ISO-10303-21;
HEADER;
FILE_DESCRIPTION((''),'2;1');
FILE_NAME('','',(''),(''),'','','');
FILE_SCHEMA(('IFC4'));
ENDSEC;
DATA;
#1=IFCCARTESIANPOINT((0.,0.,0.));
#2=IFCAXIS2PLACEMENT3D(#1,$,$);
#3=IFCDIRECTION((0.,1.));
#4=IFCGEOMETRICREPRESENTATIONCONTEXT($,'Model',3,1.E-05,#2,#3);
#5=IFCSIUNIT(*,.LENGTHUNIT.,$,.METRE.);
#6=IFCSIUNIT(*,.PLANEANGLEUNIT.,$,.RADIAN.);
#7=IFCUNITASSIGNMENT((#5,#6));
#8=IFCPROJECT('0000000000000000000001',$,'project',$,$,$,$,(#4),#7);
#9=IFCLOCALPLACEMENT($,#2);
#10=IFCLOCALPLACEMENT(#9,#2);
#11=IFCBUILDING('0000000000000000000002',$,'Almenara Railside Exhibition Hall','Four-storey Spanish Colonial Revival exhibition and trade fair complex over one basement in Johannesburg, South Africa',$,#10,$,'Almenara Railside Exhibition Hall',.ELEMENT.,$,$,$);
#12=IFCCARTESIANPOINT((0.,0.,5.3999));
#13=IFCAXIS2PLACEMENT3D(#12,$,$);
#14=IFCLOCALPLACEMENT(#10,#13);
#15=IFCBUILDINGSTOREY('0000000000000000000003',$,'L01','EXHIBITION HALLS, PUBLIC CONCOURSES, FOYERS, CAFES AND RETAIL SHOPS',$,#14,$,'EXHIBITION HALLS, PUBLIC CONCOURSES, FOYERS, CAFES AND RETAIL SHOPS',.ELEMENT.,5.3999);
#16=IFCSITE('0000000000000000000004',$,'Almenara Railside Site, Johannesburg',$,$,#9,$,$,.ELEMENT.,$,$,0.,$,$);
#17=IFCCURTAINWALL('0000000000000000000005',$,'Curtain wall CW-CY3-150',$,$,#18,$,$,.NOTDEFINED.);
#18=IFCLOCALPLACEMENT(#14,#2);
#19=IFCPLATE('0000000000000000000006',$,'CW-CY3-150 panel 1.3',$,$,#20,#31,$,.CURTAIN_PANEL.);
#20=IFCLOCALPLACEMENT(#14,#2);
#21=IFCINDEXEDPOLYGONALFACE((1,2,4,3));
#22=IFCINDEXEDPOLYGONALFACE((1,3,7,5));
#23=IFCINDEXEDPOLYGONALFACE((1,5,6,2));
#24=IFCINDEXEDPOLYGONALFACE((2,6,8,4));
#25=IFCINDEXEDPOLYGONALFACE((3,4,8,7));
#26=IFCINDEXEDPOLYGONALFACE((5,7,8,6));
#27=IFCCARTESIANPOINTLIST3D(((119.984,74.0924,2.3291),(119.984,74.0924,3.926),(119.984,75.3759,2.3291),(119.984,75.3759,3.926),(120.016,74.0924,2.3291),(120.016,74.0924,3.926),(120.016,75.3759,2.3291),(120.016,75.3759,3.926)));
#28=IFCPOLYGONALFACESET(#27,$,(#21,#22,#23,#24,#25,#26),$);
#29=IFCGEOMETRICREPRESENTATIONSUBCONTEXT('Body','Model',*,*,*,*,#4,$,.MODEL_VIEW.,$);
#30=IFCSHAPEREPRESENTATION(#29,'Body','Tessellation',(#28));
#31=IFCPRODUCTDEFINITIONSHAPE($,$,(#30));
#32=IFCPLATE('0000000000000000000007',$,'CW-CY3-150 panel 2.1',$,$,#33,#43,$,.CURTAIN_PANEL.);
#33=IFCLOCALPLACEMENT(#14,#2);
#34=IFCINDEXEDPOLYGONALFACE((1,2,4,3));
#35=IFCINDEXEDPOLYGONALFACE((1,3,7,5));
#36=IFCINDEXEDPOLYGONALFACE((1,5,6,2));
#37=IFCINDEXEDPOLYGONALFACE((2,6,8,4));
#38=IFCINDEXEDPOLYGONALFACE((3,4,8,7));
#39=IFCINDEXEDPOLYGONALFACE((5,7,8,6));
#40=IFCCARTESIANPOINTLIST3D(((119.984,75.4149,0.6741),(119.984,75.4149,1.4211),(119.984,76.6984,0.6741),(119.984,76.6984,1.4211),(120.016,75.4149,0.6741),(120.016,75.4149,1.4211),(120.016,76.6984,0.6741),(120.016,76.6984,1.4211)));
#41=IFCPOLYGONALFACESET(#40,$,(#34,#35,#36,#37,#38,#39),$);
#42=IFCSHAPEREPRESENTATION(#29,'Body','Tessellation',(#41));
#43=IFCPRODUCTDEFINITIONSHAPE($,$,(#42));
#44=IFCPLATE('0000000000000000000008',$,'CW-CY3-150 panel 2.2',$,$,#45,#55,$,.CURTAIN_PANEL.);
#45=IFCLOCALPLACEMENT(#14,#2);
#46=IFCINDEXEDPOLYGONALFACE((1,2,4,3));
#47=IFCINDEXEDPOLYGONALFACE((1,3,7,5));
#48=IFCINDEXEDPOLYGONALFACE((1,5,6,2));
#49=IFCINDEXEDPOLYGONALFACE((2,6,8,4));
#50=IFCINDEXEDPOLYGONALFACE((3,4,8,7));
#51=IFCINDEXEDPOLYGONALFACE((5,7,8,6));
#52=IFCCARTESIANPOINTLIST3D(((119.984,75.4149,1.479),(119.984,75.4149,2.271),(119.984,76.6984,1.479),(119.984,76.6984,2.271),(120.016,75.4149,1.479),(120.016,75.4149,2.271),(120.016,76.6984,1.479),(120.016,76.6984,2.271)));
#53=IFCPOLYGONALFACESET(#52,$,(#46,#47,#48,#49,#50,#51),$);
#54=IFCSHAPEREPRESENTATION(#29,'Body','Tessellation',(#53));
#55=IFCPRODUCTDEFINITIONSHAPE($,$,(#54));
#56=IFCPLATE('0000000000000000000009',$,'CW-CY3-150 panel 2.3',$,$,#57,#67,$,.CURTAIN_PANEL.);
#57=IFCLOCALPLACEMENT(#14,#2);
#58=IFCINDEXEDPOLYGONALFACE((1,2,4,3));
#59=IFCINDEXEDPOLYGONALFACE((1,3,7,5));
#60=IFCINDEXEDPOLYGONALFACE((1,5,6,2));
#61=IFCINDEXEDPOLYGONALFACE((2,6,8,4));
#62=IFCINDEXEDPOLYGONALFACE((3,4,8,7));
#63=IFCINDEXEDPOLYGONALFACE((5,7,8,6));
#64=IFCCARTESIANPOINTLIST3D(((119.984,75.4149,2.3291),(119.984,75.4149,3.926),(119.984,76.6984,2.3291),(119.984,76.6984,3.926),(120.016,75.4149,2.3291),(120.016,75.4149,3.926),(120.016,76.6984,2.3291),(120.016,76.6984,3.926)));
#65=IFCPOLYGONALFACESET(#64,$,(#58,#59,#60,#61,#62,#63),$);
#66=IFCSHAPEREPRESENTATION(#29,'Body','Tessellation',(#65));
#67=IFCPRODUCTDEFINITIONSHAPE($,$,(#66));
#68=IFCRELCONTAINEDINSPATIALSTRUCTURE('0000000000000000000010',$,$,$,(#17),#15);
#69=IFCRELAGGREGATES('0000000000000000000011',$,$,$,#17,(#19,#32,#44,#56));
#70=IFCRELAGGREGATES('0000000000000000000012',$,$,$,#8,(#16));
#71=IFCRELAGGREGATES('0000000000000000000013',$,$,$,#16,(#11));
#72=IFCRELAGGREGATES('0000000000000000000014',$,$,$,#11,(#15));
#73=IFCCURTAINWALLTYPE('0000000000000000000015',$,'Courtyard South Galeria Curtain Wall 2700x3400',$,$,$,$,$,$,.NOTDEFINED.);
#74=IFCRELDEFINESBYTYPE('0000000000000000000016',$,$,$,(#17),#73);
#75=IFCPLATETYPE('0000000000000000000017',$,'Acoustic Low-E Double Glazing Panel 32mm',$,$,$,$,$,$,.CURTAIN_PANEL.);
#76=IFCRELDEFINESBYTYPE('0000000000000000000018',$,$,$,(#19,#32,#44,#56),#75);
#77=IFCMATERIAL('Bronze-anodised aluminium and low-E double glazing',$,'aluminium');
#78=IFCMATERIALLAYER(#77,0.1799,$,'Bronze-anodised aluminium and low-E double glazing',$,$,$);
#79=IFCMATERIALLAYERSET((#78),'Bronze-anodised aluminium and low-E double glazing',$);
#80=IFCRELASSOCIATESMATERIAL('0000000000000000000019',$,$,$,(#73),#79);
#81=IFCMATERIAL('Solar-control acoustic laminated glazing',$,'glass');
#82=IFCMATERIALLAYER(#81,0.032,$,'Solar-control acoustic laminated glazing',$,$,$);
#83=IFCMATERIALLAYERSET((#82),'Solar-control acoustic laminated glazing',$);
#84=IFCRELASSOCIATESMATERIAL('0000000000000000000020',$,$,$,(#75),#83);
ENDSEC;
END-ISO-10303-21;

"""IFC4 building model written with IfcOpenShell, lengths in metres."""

from ifc_helpers import new_model, si_unit, direction, frame, origin, origin_2d, place, context, subcontext, project, spatial, rectangle, extrude, material, layer, layer_set, type_object, element, aggregate, save


model = new_model("IFC4")

# Units and contexts
model_context = context("Model", 3, precision=1e-05, world=origin(), true_north=direction((0.0, 1.0)))
body_context = subcontext(model_context, "Body", "Model", "MODEL_VIEW")
ifc_project = project(units=[si_unit("LENGTHUNIT", "METRE"), si_unit("PLANEANGLEUNIT", "RADIAN")], contexts=[model_context])

# Site, building, storey
site_placement = place(None, origin())
site = spatial("IfcSite", under=ifc_project, at=site_placement, Name="Almenara Railside Site, Johannesburg", CompositionType="ELEMENT", RefElevation=0.0)
building_placement = place(site_placement, origin())
building = spatial("IfcBuilding", under=site, at=building_placement, Name="Almenara Railside Exhibition Hall", Description="Four-storey Spanish Colonial Revival exhibition and trade fair complex over one basement in Johannesburg, South Africa", LongName="Almenara Railside Exhibition Hall", CompositionType="ELEMENT")
storey_placement = place(building_placement, frame((0.0, 0.0, 5.3999)))
storey = spatial("IfcBuildingStorey", under=building, at=storey_placement, Name="L01", Description="EXHIBITION HALLS, PUBLIC CONCOURSES, FOYERS, CAFES AND RETAIL SHOPS", LongName="EXHIBITION HALLS, PUBLIC CONCOURSES, FOYERS, CAFES AND RETAIL SHOPS", CompositionType="ELEMENT", Elevation=5.3999)

# Curtain wall
ifc_material_1 = material(Name="Bronze-anodised aluminium and low-E double glazing", Category="aluminium")
ifc_layer_1 = layer(ifc_material_1, 0.1799, Name="Bronze-anodised aluminium and low-E double glazing")
ifc_layer_set_1 = layer_set([ifc_layer_1], Name="Bronze-anodised aluminium and low-E double glazing")
curtain_wall_type = type_object("IfcCurtainWallType", Name="Courtyard South Galeria Curtain Wall 2700x3400", PredefinedType="NOTDEFINED", material=ifc_layer_set_1)
curtain_wall_1_placement = place(storey_placement, origin())
curtain_wall_1 = element("IfcCurtainWall", 1, at=curtain_wall_1_placement, inside=storey, type_object=curtain_wall_type, Name="Curtain wall CW-CY3-150", PredefinedType="NOTDEFINED")

# Plates
ifc_material_2 = material(Name="Solar-control acoustic laminated glazing", Category="glass")
ifc_layer_2 = layer(ifc_material_2, 0.032, Name="Solar-control acoustic laminated glazing")
ifc_layer_set_2 = layer_set([ifc_layer_2], Name="Solar-control acoustic laminated glazing")
plate_type = type_object("IfcPlateType", Name="Acoustic Low-E Double Glazing Panel 32mm", PredefinedType="CURTAIN_PANEL", material=ifc_layer_set_2)
plate_1_placement = place(storey_placement, frame((120.0, 74.7341, 2.3291), z_axis=(0.0, 0.0, 1.0), x_axis=(0.0, 1.0, 0.0)))
plate_1 = element("IfcPlate", 2, at=plate_1_placement, type_object=plate_type, Name="CW-CY3-150 panel 1.3", PredefinedType="CURTAIN_PANEL", context=body_context, shape_type="SweptSolid", body=[
    extrude(rectangle(XDim=1.2834, YDim=0.032, at=origin_2d()), origin(), (0.0, 0.0, 1.0), 1.5969),
])
plate_2_placement = place(storey_placement, frame((120.0, 76.0566, 0.6741), z_axis=(0.0, 0.0, 1.0), x_axis=(0.0, 1.0, 0.0)))
plate_2 = element("IfcPlate", 3, at=plate_2_placement, type_object=plate_type, Name="CW-CY3-150 panel 2.1", PredefinedType="CURTAIN_PANEL", context=body_context, shape_type="SweptSolid", body=[
    extrude(rectangle(XDim=1.2834, YDim=0.032, at=origin_2d()), origin(), (0.0, 0.0, 1.0), 0.7471),
])
plate_3_placement = place(storey_placement, frame((120.0, 76.0566, 1.479), z_axis=(0.0, 0.0, 1.0), x_axis=(0.0, 1.0, 0.0)))
plate_3 = element("IfcPlate", 4, at=plate_3_placement, type_object=plate_type, Name="CW-CY3-150 panel 2.2", PredefinedType="CURTAIN_PANEL", context=body_context, shape_type="SweptSolid", body=[
    extrude(rectangle(XDim=1.2834, YDim=0.032, at=origin_2d()), origin(), (0.0, 0.0, 1.0), 0.792),
])
plate_4_placement = place(storey_placement, frame((120.0, 76.0566, 2.3291), z_axis=(0.0, 0.0, 1.0), x_axis=(0.0, 1.0, 0.0)))
plate_4 = element("IfcPlate", 5, at=plate_4_placement, type_object=plate_type, Name="CW-CY3-150 panel 2.3", PredefinedType="CURTAIN_PANEL", context=body_context, shape_type="SweptSolid", body=[
    extrude(rectangle(XDim=1.2834, YDim=0.032, at=origin_2d()), origin(), (0.0, 0.0, 1.0), 1.5969),
])
aggregate(curtain_wall_1, [plate_1, plate_2, plate_3, plate_4])

save(model, "model.ifc")
